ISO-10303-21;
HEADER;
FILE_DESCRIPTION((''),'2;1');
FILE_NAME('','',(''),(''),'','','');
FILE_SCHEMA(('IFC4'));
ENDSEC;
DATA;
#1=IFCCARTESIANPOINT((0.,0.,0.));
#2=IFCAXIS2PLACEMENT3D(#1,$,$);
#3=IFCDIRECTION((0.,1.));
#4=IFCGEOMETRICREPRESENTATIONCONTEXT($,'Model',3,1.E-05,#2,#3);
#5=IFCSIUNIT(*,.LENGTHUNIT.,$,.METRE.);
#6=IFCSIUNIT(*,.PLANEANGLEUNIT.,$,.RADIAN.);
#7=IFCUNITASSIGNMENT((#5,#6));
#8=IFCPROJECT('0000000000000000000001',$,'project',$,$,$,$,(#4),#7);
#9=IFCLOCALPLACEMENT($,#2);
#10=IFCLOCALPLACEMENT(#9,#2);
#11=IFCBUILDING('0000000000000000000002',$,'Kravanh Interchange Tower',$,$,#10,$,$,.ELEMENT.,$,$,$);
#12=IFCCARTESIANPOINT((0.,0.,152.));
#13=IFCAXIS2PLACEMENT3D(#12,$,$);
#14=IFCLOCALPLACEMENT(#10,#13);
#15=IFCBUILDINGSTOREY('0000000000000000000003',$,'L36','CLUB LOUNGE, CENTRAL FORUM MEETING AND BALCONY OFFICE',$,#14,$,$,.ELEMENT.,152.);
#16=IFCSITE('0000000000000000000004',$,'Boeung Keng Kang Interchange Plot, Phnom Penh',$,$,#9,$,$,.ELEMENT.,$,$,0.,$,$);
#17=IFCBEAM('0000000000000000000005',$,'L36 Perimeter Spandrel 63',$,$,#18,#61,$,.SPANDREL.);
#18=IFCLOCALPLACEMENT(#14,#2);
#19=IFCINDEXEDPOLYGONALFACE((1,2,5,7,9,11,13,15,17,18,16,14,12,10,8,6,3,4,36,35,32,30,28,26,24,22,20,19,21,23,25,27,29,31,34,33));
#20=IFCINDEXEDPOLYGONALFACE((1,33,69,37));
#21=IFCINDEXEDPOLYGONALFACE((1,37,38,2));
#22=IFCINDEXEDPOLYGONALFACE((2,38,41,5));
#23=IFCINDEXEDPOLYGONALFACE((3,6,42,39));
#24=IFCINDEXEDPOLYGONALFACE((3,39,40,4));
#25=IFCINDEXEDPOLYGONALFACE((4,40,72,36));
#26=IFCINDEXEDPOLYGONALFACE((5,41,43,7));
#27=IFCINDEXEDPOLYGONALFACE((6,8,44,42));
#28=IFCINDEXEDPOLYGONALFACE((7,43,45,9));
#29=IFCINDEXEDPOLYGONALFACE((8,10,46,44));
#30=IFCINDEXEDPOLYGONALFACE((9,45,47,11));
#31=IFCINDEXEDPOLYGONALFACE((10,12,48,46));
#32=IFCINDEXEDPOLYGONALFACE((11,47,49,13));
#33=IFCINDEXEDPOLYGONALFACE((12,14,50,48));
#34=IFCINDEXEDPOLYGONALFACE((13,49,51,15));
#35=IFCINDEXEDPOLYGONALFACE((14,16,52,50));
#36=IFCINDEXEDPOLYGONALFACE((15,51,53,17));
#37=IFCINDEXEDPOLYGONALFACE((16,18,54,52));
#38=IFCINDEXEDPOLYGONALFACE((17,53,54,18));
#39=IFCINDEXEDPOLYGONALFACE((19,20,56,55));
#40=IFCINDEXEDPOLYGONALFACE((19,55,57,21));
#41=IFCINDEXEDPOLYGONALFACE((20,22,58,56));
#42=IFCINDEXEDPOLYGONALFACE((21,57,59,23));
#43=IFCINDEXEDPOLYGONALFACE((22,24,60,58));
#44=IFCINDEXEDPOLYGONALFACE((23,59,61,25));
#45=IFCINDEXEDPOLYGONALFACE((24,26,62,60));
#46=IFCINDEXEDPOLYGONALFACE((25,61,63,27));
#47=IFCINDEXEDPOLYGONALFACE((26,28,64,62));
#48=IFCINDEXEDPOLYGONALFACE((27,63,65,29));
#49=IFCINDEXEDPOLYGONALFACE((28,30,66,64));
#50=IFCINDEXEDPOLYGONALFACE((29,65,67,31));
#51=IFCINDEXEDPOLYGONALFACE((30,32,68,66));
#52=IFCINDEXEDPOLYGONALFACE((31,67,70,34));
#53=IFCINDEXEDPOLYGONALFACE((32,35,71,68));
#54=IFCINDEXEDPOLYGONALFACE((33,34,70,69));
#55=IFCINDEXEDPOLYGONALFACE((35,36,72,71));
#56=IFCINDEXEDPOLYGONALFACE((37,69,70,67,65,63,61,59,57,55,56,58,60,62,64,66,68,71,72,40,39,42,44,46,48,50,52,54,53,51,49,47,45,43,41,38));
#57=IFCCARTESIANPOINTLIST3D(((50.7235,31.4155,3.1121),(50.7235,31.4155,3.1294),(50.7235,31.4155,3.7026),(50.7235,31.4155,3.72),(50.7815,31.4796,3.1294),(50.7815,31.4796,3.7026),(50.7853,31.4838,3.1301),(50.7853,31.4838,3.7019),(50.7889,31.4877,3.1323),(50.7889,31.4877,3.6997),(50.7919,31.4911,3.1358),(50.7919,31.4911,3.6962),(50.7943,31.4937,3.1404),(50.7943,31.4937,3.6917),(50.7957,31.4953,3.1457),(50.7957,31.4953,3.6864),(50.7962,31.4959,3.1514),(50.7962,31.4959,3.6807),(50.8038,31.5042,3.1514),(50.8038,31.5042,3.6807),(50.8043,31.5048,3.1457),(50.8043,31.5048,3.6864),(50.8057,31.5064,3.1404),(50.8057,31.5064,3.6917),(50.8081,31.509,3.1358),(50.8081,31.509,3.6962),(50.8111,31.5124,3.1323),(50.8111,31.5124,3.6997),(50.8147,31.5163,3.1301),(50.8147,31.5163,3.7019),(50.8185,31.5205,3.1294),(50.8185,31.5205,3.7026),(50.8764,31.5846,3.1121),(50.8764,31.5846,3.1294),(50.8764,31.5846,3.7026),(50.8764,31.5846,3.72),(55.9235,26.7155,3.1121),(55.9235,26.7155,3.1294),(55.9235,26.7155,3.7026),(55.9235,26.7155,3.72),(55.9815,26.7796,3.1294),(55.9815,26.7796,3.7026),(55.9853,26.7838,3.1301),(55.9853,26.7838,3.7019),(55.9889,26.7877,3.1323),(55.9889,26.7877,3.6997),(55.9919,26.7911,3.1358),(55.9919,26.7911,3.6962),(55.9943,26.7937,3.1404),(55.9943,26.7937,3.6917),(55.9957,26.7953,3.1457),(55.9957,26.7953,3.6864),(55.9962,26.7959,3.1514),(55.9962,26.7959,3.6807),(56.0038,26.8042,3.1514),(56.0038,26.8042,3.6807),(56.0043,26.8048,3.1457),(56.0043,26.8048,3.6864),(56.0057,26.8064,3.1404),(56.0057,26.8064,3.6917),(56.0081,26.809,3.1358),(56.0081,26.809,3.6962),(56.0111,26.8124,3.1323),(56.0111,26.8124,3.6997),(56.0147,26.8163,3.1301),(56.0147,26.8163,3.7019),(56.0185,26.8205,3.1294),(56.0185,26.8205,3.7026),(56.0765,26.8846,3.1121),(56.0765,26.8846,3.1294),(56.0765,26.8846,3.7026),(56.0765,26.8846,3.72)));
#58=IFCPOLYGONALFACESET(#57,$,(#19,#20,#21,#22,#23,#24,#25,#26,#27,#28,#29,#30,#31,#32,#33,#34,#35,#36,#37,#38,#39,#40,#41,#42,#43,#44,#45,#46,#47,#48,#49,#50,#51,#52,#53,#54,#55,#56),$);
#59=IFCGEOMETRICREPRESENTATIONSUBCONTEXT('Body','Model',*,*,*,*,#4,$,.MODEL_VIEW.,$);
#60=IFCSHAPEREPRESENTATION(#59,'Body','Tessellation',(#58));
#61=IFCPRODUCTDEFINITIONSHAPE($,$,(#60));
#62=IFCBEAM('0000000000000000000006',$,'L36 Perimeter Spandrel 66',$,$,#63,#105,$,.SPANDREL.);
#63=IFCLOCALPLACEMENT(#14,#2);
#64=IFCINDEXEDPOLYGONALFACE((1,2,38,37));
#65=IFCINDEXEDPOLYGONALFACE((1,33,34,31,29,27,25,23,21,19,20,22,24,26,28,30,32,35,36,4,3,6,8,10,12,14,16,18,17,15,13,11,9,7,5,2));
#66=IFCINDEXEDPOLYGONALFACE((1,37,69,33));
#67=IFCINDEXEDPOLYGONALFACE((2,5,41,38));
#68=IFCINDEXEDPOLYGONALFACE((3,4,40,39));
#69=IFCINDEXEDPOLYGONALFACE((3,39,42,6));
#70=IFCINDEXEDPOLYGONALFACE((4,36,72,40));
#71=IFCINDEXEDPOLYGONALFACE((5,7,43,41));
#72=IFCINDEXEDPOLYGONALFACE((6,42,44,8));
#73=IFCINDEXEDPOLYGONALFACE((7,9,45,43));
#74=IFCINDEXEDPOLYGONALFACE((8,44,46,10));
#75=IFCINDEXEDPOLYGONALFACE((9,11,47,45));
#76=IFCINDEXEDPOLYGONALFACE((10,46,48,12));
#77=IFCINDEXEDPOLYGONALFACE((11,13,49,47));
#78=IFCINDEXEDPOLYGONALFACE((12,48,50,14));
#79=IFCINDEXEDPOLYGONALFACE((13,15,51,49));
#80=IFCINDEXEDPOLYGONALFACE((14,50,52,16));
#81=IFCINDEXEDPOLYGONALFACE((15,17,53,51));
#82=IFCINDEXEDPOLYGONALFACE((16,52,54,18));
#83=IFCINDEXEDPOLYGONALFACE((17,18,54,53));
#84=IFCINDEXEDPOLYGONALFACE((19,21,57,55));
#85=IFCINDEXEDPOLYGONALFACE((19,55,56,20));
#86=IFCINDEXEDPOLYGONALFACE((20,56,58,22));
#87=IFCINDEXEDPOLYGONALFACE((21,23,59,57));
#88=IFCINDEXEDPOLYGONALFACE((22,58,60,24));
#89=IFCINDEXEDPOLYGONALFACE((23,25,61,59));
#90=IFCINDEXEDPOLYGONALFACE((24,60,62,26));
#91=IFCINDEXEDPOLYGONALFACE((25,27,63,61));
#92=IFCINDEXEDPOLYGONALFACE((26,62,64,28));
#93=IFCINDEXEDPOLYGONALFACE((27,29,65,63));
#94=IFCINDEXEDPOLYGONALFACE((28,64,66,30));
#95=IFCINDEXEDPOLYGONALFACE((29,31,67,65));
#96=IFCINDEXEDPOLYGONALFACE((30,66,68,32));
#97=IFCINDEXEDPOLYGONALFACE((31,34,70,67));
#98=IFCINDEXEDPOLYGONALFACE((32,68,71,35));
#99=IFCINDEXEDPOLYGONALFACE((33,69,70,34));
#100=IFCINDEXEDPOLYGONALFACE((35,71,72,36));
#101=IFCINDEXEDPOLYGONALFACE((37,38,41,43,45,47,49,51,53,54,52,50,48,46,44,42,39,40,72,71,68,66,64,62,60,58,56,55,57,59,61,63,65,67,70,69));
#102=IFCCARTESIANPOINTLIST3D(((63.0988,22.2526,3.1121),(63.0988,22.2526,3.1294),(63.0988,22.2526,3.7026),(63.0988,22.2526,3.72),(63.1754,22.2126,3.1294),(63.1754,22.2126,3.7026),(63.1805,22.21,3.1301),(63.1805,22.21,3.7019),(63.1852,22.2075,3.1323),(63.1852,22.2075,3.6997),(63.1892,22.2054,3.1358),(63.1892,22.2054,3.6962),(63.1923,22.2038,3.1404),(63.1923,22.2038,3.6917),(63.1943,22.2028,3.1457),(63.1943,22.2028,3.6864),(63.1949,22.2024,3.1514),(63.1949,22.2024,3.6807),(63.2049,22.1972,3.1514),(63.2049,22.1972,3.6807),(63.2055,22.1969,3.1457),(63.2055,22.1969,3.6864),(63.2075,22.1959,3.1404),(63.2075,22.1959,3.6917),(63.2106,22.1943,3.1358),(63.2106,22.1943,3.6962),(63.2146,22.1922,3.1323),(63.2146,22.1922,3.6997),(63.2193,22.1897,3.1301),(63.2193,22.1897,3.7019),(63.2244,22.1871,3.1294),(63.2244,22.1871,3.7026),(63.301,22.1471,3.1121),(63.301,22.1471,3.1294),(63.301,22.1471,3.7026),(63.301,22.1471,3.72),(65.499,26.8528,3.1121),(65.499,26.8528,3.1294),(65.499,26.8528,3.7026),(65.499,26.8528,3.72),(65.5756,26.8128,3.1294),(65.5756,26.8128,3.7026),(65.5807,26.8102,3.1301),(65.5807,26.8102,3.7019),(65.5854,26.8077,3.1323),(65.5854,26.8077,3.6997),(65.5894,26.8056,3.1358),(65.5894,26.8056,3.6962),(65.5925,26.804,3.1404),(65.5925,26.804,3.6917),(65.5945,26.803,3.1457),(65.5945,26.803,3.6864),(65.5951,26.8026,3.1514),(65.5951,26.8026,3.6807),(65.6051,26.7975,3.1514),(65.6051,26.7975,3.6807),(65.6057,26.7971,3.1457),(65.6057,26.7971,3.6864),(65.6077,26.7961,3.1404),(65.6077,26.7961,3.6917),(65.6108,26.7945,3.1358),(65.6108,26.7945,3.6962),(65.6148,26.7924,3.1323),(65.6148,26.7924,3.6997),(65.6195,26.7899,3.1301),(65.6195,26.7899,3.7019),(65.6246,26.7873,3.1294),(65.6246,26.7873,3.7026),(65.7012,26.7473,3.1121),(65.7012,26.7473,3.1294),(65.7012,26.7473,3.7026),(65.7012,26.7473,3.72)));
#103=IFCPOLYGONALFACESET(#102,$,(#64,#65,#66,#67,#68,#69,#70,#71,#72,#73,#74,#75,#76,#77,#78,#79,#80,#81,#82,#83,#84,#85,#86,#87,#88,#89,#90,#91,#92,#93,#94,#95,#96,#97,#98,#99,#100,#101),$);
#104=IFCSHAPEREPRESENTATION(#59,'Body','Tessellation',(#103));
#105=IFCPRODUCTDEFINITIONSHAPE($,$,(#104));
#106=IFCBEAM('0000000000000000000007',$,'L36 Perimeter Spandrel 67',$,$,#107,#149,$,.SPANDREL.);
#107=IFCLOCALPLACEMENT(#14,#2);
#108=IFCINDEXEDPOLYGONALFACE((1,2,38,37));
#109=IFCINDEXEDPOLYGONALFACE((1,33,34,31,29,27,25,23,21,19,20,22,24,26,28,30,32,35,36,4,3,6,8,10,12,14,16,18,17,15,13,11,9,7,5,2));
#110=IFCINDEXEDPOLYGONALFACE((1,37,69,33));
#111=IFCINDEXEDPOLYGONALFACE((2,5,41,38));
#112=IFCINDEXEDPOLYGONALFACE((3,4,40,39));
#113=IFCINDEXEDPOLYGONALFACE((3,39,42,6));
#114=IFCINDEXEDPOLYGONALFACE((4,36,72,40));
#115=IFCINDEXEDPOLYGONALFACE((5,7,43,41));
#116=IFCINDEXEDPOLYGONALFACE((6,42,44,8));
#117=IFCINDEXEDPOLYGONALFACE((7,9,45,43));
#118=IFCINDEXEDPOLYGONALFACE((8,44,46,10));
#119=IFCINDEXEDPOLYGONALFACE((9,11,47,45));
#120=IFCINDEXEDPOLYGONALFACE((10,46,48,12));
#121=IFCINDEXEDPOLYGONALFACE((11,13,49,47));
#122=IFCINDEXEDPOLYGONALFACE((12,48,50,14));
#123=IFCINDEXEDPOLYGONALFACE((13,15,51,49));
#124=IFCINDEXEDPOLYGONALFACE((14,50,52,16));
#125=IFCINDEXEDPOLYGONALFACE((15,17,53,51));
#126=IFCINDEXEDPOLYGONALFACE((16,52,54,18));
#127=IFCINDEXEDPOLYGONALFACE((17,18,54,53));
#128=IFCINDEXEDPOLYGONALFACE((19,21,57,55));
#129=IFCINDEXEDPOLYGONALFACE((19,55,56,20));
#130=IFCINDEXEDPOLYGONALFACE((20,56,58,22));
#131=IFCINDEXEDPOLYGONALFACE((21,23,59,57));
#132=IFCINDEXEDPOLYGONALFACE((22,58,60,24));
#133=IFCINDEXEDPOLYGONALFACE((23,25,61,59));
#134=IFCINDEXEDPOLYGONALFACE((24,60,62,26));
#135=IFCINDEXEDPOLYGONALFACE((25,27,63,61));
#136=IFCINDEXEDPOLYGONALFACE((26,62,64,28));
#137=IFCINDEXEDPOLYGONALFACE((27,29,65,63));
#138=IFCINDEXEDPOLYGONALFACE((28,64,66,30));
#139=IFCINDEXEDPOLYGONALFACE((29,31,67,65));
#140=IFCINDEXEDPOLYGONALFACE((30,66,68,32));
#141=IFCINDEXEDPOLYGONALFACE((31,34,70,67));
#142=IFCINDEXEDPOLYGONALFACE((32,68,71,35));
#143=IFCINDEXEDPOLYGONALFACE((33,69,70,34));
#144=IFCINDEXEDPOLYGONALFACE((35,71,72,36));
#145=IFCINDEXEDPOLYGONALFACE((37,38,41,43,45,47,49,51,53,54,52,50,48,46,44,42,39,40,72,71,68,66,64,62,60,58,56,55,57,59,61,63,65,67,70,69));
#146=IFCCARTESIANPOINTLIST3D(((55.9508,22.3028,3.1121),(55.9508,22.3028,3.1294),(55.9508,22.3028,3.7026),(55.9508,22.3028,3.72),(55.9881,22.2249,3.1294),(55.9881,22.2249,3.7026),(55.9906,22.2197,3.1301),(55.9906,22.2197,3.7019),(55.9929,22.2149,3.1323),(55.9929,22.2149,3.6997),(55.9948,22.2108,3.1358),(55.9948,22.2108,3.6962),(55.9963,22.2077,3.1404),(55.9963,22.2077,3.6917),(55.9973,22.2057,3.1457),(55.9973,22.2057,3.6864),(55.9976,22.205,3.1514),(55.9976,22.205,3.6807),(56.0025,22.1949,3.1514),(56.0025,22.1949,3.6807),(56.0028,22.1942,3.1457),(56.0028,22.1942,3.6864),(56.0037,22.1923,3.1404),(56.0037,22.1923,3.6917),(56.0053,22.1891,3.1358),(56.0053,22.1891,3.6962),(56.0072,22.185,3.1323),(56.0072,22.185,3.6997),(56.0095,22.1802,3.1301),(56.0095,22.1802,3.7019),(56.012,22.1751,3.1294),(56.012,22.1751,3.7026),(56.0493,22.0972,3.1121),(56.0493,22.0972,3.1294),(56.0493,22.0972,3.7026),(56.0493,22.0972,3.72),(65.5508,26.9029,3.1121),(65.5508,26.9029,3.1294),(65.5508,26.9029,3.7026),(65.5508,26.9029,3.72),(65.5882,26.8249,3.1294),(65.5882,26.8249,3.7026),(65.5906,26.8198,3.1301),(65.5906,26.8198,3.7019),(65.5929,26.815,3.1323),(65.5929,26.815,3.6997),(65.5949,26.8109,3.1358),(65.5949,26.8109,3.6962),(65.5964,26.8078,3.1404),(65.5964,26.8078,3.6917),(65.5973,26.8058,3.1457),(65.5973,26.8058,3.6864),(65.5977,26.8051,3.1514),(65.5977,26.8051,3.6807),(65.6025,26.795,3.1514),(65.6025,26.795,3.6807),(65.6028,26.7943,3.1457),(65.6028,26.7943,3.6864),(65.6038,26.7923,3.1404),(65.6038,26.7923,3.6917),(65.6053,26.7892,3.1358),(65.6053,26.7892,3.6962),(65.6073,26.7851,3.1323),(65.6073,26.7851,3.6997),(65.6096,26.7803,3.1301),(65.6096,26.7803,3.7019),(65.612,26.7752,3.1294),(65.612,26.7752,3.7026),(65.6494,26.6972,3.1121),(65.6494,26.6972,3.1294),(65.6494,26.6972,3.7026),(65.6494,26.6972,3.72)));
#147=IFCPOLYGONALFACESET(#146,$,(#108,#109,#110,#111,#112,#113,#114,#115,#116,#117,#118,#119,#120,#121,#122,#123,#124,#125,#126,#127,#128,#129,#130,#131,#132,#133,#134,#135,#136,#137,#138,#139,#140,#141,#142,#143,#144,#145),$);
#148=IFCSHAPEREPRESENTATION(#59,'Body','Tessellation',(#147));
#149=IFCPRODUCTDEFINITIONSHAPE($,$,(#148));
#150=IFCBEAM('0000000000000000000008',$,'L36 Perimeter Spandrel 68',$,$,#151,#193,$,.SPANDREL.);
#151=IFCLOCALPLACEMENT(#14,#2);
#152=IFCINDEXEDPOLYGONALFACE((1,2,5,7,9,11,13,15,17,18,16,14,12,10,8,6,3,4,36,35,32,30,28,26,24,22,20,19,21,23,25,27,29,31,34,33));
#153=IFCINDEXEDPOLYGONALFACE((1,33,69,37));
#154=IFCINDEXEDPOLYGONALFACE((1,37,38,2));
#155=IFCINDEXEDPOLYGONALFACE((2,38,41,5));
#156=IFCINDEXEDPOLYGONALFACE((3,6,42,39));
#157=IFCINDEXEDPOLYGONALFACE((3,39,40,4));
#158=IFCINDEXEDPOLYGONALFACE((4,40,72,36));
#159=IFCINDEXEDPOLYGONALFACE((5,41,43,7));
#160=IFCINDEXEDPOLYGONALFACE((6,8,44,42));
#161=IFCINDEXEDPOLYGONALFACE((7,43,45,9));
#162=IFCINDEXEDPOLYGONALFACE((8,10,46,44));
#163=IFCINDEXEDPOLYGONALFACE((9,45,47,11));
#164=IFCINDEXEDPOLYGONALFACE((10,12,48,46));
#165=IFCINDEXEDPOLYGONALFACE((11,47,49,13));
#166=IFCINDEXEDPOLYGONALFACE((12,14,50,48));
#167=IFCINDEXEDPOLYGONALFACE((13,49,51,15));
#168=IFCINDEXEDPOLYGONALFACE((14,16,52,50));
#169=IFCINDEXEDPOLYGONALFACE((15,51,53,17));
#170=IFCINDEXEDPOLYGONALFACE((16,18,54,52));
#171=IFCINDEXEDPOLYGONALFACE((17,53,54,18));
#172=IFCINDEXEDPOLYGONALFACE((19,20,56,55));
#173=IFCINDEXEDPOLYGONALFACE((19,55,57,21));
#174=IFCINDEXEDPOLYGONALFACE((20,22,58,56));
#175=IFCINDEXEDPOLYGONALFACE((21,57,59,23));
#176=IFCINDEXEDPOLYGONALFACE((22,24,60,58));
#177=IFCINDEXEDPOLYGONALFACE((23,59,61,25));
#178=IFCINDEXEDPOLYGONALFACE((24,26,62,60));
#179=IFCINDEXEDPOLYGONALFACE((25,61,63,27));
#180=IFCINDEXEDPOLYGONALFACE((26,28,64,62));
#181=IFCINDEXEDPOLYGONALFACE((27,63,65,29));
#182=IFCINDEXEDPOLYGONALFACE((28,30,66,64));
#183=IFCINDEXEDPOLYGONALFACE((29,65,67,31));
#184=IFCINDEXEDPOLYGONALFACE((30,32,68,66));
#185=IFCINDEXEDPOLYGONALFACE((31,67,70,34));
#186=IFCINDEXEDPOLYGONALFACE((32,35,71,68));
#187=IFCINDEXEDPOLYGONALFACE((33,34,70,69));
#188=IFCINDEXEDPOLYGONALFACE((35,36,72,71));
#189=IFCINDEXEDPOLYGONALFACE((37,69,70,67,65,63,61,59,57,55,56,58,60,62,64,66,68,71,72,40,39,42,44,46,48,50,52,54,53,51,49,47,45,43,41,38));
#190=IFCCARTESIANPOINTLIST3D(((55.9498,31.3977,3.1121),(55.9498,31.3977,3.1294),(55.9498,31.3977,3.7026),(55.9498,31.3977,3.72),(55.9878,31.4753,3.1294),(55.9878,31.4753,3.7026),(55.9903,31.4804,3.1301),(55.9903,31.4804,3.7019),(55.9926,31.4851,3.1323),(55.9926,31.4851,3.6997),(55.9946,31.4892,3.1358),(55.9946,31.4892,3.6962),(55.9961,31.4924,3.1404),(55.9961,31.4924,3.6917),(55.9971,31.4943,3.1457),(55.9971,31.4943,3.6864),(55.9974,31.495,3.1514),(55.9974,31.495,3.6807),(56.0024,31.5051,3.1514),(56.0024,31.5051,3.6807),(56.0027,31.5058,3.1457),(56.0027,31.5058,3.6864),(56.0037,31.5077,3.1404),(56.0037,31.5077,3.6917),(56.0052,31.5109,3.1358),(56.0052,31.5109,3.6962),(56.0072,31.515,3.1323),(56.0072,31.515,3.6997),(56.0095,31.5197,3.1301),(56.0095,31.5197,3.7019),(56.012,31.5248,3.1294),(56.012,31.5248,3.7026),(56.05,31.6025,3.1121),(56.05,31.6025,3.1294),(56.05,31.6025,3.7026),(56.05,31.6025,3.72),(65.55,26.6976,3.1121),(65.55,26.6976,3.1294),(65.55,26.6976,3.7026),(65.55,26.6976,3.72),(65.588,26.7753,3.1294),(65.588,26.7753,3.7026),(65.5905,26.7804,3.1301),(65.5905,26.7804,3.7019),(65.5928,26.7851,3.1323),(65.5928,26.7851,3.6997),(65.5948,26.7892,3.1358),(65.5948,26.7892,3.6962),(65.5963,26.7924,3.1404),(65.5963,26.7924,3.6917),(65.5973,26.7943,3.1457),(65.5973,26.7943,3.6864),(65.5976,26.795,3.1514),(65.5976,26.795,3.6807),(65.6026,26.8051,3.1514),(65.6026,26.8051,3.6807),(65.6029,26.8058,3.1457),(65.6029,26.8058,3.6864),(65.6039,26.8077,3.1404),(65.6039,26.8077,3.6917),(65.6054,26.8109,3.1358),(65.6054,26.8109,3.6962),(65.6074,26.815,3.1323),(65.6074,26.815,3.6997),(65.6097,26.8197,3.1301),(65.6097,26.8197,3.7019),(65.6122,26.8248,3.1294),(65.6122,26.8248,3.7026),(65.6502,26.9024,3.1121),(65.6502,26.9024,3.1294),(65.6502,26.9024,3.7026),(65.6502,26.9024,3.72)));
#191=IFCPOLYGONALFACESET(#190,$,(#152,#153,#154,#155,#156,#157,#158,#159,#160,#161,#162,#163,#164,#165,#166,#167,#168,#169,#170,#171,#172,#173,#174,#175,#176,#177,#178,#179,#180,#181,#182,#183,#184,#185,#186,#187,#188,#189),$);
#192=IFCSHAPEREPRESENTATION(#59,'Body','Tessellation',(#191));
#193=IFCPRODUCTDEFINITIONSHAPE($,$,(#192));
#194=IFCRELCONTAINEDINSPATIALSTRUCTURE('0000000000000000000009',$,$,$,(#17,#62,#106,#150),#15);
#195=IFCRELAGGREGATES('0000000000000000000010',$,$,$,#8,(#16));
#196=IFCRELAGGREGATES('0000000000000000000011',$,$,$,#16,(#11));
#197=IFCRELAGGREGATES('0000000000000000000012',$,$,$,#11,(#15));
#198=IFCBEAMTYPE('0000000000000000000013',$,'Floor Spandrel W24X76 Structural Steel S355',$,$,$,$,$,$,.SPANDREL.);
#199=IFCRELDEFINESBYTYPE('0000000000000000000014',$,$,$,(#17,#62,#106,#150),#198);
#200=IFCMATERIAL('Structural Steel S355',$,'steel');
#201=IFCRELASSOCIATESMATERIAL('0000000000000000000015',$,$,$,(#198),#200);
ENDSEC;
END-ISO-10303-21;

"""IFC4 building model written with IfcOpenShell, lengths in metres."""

from ifc_helpers import new_model, si_unit, direction, frame, origin, origin_2d, place, context, subcontext, project, spatial, i_section, extrude, material, material_profile, profile_set, type_object, element, save


model = new_model("IFC4")

# Units and contexts
model_context = context("Model", 3, precision=1e-05, world=origin(), true_north=direction((0.0, 1.0)))
body_context = subcontext(model_context, "Body", "Model", "MODEL_VIEW")
ifc_project = project(units=[si_unit("LENGTHUNIT", "METRE"), si_unit("PLANEANGLEUNIT", "RADIAN")], contexts=[model_context])

# Site, building, storey
site_placement = place(None, origin())
site = spatial("IfcSite", under=ifc_project, at=site_placement, Name="Boeung Keng Kang Interchange Plot, Phnom Penh", CompositionType="ELEMENT", RefElevation=0.0)
building_placement = place(site_placement, origin())
building = spatial("IfcBuilding", under=site, at=building_placement, Name="Kravanh Interchange Tower", CompositionType="ELEMENT")
storey_placement = place(building_placement, frame((0.0, 0.0, 152.0)))
storey = spatial("IfcBuildingStorey", under=building, at=storey_placement, Name="L36", Description="CLUB LOUNGE, CENTRAL FORUM MEETING AND BALCONY OFFICE", CompositionType="ELEMENT", Elevation=152.0)

# Beams
ifc_material_1 = material(Name="Structural Steel S355", Category="steel")
ifc_material_profile_1 = material_profile(ifc_material_1, i_section(OverallWidth=0.228, OverallDepth=0.6079, WebThickness=0.0112, FlangeThickness=0.0173, FilletRadius=0.022, at=origin_2d()), Name="W24X76")
ifc_profile_set_1 = profile_set([ifc_material_profile_1], Name="Structural Steel S355")
beam_type_1 = type_object("IfcBeamType", Name="Floor Spandrel W24X76 Structural Steel S355", PredefinedType="SPANDREL", material=ifc_profile_set_1)
beam_1_placement = place(storey_placement, frame((56.0, 26.8, 3.416), z_axis=(-0.741874, 0.670539, 0.0), x_axis=(-0.670539, -0.741874, 0.0)))
element("IfcBeam", 1, at=beam_1_placement, inside=storey, type_object=beam_type_1, Name="L36 Perimeter Spandrel 63", PredefinedType="SPANDREL", context=body_context, shape_type="SweptSolid", body=[
    extrude(i_section(OverallWidth=0.228, OverallDepth=0.6079, WebThickness=0.0112, FlangeThickness=0.0173, FilletRadius=0.022, at=origin_2d()), origin(), (0.0, 0.0, 1.0), 7.0093),
])
beam_2_placement = place(storey_placement, frame((65.6001, 26.8, 3.416), z_axis=(-0.46258, -0.886577, 0.0), x_axis=(0.886577, -0.46258, 0.0)))
element("IfcBeam", 2, at=beam_2_placement, inside=storey, type_object=beam_type_1, Name="L36 Perimeter Spandrel 66", PredefinedType="SPANDREL", context=body_context, shape_type="SweptSolid", body=[
    extrude(i_section(OverallWidth=0.228, OverallDepth=0.6079, WebThickness=0.0112, FlangeThickness=0.0173, FilletRadius=0.022, at=origin_2d()), origin(), (0.0, 0.0, 1.0), 5.1887),
])
beam_3_placement = place(storey_placement, frame((65.6001, 26.8, 3.416), z_axis=(-0.901814, -0.432124, 0.0), x_axis=(0.432124, -0.901814, 0.0)))
element("IfcBeam", 3, at=beam_3_placement, inside=storey, type_object=beam_type_1, Name="L36 Perimeter Spandrel 67", PredefinedType="SPANDREL", context=body_context, shape_type="SweptSolid", body=[
    extrude(i_section(OverallWidth=0.228, OverallDepth=0.6079, WebThickness=0.0112, FlangeThickness=0.0173, FilletRadius=0.022, at=origin_2d()), origin(), (0.0, 0.0, 1.0), 10.6453),
])
beam_4_placement = place(storey_placement, frame((65.6001, 26.8, 3.416), z_axis=(-0.898142, 0.439706, 0.0), x_axis=(-0.439706, -0.898142, 0.0)))
element("IfcBeam", 4, at=beam_4_placement, inside=storey, type_object=beam_type_1, Name="L36 Perimeter Spandrel 68", PredefinedType="SPANDREL", context=body_context, shape_type="SweptSolid", body=[
    extrude(i_section(OverallWidth=0.228, OverallDepth=0.6079, WebThickness=0.0112, FlangeThickness=0.0173, FilletRadius=0.022, at=origin_2d()), origin(), (0.0, 0.0, 1.0), 10.689),
])

save(model, "model.ifc")
